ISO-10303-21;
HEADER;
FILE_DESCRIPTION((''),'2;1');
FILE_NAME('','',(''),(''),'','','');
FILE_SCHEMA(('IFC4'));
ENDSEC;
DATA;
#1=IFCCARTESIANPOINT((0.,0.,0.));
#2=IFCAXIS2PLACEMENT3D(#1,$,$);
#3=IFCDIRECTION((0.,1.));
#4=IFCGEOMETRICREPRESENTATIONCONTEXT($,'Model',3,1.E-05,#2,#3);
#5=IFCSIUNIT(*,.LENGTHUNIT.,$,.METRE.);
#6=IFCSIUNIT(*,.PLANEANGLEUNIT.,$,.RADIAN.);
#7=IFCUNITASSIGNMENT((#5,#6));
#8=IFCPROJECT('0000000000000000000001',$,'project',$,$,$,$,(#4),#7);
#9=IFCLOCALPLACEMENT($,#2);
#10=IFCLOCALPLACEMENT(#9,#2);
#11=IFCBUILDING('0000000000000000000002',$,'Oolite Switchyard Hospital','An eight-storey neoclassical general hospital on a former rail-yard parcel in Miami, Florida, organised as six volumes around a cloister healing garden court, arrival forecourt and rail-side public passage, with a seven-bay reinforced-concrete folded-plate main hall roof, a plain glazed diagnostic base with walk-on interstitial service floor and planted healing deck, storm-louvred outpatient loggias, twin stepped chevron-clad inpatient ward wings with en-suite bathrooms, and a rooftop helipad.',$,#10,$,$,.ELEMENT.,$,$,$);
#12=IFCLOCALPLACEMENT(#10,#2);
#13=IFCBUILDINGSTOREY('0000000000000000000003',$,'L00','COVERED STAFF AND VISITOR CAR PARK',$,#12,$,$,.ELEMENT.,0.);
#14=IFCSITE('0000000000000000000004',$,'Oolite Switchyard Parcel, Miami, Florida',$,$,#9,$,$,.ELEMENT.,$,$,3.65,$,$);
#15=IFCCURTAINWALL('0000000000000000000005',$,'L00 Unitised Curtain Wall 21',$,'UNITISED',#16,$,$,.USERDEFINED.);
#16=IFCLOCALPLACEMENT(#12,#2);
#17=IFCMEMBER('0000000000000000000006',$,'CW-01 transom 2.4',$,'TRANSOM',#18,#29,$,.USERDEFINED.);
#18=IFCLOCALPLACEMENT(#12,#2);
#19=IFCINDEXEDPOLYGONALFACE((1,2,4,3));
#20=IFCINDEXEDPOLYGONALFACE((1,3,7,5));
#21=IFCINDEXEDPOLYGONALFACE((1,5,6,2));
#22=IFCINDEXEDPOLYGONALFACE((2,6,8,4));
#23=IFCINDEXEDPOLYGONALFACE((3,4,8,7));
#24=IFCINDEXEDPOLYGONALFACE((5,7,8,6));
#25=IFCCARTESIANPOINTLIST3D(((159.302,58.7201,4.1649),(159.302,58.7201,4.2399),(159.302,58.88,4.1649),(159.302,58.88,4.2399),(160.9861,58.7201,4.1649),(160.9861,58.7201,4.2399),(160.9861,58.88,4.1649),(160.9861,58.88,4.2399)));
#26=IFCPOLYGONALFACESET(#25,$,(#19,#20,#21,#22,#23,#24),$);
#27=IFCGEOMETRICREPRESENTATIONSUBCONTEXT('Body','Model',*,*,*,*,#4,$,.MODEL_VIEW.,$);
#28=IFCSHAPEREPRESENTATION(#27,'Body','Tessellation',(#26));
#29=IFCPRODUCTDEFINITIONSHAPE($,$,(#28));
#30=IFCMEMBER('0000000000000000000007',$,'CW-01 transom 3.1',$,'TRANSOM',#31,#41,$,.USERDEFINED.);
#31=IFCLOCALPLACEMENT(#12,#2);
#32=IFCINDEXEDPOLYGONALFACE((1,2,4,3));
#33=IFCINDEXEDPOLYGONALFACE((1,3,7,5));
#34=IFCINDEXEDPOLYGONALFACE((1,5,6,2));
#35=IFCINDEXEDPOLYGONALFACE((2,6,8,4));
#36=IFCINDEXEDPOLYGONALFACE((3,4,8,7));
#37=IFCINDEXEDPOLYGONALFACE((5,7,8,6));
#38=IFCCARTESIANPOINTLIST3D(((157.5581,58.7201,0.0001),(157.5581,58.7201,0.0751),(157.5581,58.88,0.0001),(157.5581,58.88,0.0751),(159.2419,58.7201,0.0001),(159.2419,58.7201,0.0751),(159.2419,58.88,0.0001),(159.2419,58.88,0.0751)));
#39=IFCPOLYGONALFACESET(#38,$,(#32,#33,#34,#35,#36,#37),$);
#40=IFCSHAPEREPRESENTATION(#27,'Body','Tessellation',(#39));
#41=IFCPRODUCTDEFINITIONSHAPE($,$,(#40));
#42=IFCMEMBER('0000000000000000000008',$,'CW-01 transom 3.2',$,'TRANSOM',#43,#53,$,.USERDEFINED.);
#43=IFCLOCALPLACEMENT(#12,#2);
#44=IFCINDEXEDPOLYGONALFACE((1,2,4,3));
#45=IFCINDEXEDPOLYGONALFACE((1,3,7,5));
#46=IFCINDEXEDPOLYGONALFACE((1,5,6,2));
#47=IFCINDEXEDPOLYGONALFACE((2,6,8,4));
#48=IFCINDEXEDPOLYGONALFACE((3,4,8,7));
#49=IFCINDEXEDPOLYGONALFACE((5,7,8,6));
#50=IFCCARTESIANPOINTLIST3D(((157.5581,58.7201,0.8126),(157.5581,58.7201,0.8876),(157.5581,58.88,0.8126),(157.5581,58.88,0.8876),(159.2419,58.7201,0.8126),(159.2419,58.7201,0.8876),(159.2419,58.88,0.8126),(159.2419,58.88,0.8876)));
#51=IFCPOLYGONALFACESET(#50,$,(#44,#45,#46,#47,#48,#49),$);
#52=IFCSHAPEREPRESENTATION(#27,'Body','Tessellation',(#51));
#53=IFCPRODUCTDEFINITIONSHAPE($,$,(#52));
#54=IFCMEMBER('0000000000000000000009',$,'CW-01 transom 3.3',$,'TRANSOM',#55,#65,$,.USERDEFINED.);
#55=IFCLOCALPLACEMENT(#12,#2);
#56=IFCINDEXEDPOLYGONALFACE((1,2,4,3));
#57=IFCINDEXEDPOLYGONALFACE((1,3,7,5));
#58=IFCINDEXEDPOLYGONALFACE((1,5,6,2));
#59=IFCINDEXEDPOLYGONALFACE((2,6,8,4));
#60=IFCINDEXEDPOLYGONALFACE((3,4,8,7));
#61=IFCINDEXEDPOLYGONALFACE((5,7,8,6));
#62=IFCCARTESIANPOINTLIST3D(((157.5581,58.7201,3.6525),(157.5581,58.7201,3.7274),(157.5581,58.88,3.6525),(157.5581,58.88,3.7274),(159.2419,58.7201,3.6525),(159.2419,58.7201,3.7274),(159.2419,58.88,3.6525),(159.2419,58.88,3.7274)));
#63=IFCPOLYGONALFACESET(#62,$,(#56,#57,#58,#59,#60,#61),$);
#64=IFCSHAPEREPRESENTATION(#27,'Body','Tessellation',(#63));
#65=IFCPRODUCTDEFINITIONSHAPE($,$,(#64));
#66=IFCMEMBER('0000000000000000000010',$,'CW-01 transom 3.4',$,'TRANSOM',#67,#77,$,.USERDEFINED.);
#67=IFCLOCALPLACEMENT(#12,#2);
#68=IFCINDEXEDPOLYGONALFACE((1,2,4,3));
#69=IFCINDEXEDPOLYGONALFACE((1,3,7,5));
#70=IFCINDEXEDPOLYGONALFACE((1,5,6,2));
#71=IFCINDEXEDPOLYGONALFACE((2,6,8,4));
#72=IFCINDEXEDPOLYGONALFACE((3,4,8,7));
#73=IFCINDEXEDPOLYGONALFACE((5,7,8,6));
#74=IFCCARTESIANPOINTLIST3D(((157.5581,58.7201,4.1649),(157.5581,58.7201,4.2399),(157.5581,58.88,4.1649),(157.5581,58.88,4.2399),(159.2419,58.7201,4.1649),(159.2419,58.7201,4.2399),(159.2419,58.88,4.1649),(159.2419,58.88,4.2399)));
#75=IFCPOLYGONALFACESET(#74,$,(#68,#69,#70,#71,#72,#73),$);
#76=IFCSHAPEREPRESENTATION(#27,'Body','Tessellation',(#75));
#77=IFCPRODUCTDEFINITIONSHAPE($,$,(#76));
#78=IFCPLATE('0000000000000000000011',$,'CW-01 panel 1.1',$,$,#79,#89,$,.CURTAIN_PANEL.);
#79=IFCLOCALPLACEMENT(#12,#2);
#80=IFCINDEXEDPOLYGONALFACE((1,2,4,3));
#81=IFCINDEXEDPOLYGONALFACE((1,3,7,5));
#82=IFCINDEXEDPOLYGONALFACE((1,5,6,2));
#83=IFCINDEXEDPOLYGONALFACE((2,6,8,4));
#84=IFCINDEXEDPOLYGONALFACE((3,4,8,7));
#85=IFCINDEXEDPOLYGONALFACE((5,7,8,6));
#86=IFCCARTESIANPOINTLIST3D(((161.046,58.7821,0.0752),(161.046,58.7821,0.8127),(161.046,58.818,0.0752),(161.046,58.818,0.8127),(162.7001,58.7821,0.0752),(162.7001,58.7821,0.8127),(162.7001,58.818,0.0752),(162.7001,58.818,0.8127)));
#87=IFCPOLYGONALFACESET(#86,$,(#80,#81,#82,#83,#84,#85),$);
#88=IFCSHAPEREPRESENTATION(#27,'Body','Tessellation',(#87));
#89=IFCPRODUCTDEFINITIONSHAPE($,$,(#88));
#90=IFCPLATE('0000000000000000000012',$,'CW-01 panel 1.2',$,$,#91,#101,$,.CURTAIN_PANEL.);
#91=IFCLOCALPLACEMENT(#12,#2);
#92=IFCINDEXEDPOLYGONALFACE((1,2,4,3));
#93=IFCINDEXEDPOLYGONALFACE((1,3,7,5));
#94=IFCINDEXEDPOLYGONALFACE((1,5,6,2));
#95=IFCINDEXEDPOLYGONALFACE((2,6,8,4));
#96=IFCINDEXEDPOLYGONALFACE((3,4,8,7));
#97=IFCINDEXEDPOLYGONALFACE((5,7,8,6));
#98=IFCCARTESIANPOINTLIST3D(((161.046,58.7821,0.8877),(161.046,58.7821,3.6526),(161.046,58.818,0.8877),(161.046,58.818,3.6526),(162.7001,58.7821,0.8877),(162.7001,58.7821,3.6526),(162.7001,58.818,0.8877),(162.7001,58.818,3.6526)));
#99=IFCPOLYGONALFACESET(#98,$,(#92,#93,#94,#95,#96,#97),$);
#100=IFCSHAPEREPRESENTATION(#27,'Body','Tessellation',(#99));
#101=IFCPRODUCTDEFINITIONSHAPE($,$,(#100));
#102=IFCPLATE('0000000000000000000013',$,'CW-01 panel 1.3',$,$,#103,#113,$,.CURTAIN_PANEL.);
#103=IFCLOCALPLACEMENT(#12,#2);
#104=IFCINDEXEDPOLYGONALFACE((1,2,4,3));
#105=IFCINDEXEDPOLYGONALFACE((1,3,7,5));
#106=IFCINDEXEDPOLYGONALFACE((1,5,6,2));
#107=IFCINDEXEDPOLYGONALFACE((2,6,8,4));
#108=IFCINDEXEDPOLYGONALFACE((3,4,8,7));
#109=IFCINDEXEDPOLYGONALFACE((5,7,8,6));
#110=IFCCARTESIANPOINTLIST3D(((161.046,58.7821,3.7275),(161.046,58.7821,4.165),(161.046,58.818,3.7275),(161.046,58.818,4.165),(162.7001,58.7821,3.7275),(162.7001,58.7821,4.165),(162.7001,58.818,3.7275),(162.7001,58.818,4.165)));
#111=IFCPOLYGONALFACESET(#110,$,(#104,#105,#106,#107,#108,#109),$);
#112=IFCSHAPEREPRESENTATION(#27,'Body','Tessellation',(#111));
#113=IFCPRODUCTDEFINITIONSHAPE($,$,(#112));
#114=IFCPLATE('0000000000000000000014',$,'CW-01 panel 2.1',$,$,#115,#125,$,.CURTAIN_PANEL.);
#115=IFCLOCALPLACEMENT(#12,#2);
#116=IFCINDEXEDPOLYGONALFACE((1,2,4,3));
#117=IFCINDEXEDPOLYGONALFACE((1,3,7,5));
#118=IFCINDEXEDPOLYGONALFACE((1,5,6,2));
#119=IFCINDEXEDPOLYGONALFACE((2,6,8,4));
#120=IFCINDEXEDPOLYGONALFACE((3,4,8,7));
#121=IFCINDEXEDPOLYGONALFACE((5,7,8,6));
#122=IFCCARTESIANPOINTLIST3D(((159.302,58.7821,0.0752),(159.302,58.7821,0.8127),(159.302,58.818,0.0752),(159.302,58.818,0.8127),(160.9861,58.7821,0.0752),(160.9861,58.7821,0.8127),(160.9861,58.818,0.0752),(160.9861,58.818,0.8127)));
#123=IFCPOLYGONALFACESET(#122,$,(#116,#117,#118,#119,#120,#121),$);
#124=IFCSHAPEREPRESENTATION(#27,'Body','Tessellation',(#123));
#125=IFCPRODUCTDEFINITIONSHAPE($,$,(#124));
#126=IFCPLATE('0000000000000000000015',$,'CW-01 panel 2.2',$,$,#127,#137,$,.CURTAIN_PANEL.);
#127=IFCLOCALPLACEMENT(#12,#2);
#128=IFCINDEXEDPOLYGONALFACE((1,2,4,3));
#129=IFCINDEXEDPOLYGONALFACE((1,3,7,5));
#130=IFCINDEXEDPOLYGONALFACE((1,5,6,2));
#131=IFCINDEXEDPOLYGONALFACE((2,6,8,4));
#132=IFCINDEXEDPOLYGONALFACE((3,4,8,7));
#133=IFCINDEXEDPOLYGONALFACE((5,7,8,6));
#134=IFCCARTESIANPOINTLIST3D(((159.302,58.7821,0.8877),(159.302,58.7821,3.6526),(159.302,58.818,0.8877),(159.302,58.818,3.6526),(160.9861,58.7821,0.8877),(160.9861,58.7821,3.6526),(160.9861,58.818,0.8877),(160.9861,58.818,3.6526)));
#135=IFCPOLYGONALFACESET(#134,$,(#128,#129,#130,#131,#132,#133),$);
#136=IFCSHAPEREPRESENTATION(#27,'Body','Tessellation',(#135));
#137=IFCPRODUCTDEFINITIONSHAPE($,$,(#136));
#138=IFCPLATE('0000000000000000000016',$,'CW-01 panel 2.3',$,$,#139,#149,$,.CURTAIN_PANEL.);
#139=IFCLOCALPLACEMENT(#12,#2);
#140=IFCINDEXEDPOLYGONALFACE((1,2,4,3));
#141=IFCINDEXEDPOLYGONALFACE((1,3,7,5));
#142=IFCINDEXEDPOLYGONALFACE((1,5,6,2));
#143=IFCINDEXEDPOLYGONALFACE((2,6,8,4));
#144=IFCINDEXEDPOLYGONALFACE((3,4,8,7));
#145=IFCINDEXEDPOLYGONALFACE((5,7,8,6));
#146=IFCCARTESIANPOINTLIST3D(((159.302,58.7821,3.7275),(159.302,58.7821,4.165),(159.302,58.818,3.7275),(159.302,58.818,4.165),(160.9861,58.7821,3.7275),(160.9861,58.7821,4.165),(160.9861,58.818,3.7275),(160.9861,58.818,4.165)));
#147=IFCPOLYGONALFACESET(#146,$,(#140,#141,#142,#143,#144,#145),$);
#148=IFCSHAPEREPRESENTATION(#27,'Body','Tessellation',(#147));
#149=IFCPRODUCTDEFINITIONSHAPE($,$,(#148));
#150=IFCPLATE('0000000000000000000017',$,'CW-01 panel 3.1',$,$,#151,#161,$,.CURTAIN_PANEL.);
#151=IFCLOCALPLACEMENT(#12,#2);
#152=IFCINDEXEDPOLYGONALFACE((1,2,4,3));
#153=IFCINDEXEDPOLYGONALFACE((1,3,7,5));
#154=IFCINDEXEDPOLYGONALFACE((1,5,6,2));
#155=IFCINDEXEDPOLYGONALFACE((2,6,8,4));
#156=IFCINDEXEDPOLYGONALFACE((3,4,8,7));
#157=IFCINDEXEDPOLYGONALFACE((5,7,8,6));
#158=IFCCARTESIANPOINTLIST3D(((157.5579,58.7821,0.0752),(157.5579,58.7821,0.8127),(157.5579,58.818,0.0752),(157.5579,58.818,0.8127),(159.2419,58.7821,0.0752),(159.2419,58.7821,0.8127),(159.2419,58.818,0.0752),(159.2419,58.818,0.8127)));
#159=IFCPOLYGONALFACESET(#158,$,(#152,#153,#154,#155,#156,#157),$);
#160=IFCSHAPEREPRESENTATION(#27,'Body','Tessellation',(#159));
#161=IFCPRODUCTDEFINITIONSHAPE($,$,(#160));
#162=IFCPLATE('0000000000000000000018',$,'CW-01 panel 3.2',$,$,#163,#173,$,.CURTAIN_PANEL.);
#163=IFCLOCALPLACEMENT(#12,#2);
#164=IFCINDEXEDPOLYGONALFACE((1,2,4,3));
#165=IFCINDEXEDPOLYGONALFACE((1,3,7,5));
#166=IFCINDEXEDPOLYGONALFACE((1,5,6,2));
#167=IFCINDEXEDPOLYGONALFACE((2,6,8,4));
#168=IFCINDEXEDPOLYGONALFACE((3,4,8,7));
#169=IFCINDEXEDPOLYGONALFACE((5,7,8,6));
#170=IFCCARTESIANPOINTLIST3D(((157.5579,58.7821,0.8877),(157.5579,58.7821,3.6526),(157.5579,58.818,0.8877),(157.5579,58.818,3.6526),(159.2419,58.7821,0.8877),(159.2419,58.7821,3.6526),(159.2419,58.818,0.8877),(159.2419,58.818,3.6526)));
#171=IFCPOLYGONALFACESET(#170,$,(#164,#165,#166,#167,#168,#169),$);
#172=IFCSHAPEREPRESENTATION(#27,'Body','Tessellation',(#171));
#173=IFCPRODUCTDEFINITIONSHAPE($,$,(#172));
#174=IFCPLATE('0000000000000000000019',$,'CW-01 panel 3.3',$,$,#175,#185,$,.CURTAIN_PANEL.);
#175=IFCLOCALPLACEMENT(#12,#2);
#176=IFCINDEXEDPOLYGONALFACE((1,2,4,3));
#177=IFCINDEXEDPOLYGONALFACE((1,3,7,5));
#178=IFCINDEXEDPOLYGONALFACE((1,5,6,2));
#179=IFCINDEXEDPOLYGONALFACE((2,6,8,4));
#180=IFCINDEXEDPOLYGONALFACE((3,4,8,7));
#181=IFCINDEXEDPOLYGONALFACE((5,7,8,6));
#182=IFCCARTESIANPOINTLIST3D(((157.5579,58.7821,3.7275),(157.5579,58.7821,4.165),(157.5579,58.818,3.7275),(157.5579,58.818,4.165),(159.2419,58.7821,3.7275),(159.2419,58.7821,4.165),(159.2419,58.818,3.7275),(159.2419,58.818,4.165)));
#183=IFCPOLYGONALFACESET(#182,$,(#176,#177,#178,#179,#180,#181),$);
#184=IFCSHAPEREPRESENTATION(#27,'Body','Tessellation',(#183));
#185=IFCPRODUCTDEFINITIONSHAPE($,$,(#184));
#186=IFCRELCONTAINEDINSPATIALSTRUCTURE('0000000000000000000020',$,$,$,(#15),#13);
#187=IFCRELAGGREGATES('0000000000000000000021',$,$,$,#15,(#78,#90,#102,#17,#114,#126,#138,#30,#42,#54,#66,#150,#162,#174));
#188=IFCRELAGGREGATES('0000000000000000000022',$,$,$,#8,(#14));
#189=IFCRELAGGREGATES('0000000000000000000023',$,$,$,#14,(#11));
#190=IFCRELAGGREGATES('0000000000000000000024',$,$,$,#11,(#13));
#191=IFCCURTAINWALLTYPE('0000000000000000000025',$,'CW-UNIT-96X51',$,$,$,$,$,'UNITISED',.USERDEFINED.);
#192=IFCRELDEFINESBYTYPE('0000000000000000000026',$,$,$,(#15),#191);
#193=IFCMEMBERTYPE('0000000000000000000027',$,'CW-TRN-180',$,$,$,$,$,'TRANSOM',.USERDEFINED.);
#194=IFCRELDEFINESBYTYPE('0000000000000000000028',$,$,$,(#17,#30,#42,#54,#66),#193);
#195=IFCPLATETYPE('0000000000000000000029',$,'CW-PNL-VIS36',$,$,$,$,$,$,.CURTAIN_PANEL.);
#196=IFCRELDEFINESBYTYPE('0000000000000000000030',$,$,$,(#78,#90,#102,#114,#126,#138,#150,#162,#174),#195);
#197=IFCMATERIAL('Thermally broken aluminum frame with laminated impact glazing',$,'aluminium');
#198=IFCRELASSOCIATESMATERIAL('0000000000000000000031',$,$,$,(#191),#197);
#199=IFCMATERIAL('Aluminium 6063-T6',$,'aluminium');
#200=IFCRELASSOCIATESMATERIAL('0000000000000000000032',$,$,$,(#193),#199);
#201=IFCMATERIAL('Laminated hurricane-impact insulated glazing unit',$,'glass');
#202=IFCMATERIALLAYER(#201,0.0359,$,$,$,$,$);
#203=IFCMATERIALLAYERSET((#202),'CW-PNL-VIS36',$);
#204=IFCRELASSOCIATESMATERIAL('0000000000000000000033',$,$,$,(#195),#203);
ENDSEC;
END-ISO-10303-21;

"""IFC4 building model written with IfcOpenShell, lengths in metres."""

from ifc_helpers import new_model, si_unit, direction, frame, origin, origin_2d, place, context, subcontext, project, spatial, rectangle, extrude, material, layer, layer_set, material_profile, profile_set, type_object, element, aggregate, save


model = new_model("IFC4")

# Units and contexts
model_context = context("Model", 3, precision=1e-05, world=origin(), true_north=direction((0.0, 1.0)))
body_context = subcontext(model_context, "Body", "Model", "MODEL_VIEW")
ifc_project = project(units=[si_unit("LENGTHUNIT", "METRE"), si_unit("PLANEANGLEUNIT", "RADIAN")], contexts=[model_context])

# Site, building, storey
site_placement = place(None, origin())
site = spatial("IfcSite", under=ifc_project, at=site_placement, Name="Oolite Switchyard Parcel, Miami, Florida", CompositionType="ELEMENT", RefElevation=3.65)
building_placement = place(site_placement, origin())
building = spatial("IfcBuilding", under=site, at=building_placement, Name="Oolite Switchyard Hospital", Description="An eight-storey neoclassical general hospital on a former rail-yard parcel in Miami, Florida, organised as six volumes around a cloister healing garden court, arrival forecourt and rail-side public passage, with a seven-bay reinforced-concrete folded-plate main hall roof, a plain glazed diagnostic base with walk-on interstitial service floor and planted healing deck, storm-louvred outpatient loggias, twin stepped chevron-clad inpatient ward wings with en-suite bathrooms, and a rooftop helipad.", CompositionType="ELEMENT")
storey_placement = place(building_placement, origin())
storey = spatial("IfcBuildingStorey", under=building, at=storey_placement, Name="L00", Description="COVERED STAFF AND VISITOR CAR PARK", CompositionType="ELEMENT", Elevation=0.0)

# Curtain wall, members, plates
ifc_material_1 = material(Name="Thermally broken aluminum frame with laminated impact glazing", Category="aluminium")
curtain_wall_type = type_object("IfcCurtainWallType", Name="CW-UNIT-96X51", ElementType="UNITISED", PredefinedType="USERDEFINED", material=ifc_material_1)
curtain_wall_placement = place(storey_placement, origin())
curtain_wall = element("IfcCurtainWall", 1, at=curtain_wall_placement, inside=storey, type_object=curtain_wall_type, Name="L00 Unitised Curtain Wall 21", ObjectType="UNITISED", PredefinedType="USERDEFINED")
ifc_material_2 = material(Name="Aluminium 6063-T6", Category="aluminium")
ifc_material_profile_1 = material_profile(ifc_material_2, rectangle(XDim=0.1599, YDim=0.075, at=origin_2d()), Name="CWT75X160")
ifc_profile_set_1 = profile_set([ifc_material_profile_1], Name="Aluminium 6063-T6")
member_type_1 = type_object("IfcMemberType", Name="CW-TRN-180", ElementType="TRANSOM", PredefinedType="USERDEFINED", material=ifc_profile_set_1)
member_1_placement = place(storey_placement, frame((160.9861, 58.8, 4.2024), z_axis=(-1.0, 0.0, 0.0), x_axis=(0.0, -1.0, 0.0)))
member_1 = element("IfcMember", 2, at=member_1_placement, type_object=member_type_1, Name="CW-01 transom 2.4", ObjectType="TRANSOM", PredefinedType="USERDEFINED", context=body_context, shape_type="SweptSolid", body=[
    extrude(rectangle(XDim=0.1599, YDim=0.075, at=origin_2d()), origin(), (0.0, 0.0, 1.0), 1.6841),
])
member_2_placement = place(storey_placement, frame((159.2419, 58.8, 0.0376), z_axis=(-1.0, 0.0, 0.0), x_axis=(0.0, -1.0, 0.0)))
member_2 = element("IfcMember", 3, at=member_2_placement, type_object=member_type_1, Name="CW-01 transom 3.1", ObjectType="TRANSOM", PredefinedType="USERDEFINED", context=body_context, shape_type="SweptSolid", body=[
    extrude(rectangle(XDim=0.1599, YDim=0.075, at=origin_2d()), origin(), (0.0, 0.0, 1.0), 1.6838),
])
member_3_placement = place(storey_placement, frame((159.2419, 58.8, 0.8501), z_axis=(-1.0, 0.0, 0.0), x_axis=(0.0, -1.0, 0.0)))
member_3 = element("IfcMember", 4, at=member_3_placement, type_object=member_type_1, Name="CW-01 transom 3.2", ObjectType="TRANSOM", PredefinedType="USERDEFINED", context=body_context, shape_type="SweptSolid", body=[
    extrude(rectangle(XDim=0.1599, YDim=0.075, at=origin_2d()), origin(), (0.0, 0.0, 1.0), 1.6838),
])
member_4_placement = place(storey_placement, frame((159.2419, 58.8, 3.6899), z_axis=(-1.0, 0.0, 0.0), x_axis=(0.0, -1.0, 0.0)))
member_4 = element("IfcMember", 5, at=member_4_placement, type_object=member_type_1, Name="CW-01 transom 3.3", ObjectType="TRANSOM", PredefinedType="USERDEFINED", context=body_context, shape_type="SweptSolid", body=[
    extrude(rectangle(XDim=0.1599, YDim=0.075, at=origin_2d()), origin(), (0.0, 0.0, 1.0), 1.6838),
])
member_5_placement = place(storey_placement, frame((159.2419, 58.8, 4.2024), z_axis=(-1.0, 0.0, 0.0), x_axis=(0.0, -1.0, 0.0)))
member_5 = element("IfcMember", 6, at=member_5_placement, type_object=member_type_1, Name="CW-01 transom 3.4", ObjectType="TRANSOM", PredefinedType="USERDEFINED", context=body_context, shape_type="SweptSolid", body=[
    extrude(rectangle(XDim=0.1599, YDim=0.075, at=origin_2d()), origin(), (0.0, 0.0, 1.0), 1.6838),
])
ifc_material_3 = material(Name="Laminated hurricane-impact insulated glazing unit", Category="glass")
ifc_layer = layer(ifc_material_3, 0.0359)
ifc_layer_set = layer_set([ifc_layer], Name="CW-PNL-VIS36")
plate_type = type_object("IfcPlateType", Name="CW-PNL-VIS36", PredefinedType="CURTAIN_PANEL", material=ifc_layer_set)
plate_1_placement = place(storey_placement, frame((161.873, 58.8, 0.0752), z_axis=(0.0, 0.0, 1.0), x_axis=(-1.0, 0.0, 0.0)))
plate_1 = element("IfcPlate", 7, at=plate_1_placement, type_object=plate_type, Name="CW-01 panel 1.1", PredefinedType="CURTAIN_PANEL", context=body_context, shape_type="SweptSolid", body=[
    extrude(rectangle(XDim=1.6541, YDim=0.0359, at=origin_2d()), origin(), (0.0, 0.0, 1.0), 0.7375),
])
plate_2_placement = place(storey_placement, frame((161.873, 58.8, 0.8877), z_axis=(0.0, 0.0, 1.0), x_axis=(-1.0, 0.0, 0.0)))
plate_2 = element("IfcPlate", 8, at=plate_2_placement, type_object=plate_type, Name="CW-01 panel 1.2", PredefinedType="CURTAIN_PANEL", context=body_context, shape_type="SweptSolid", body=[
    extrude(rectangle(XDim=1.6541, YDim=0.0359, at=origin_2d()), origin(), (0.0, 0.0, 1.0), 2.7649),
])
plate_3_placement = place(storey_placement, frame((161.873, 58.8, 3.7275), z_axis=(0.0, 0.0, 1.0), x_axis=(-1.0, 0.0, 0.0)))
plate_3 = element("IfcPlate", 9, at=plate_3_placement, type_object=plate_type, Name="CW-01 panel 1.3", PredefinedType="CURTAIN_PANEL", context=body_context, shape_type="SweptSolid", body=[
    extrude(rectangle(XDim=1.6541, YDim=0.0359, at=origin_2d()), origin(), (0.0, 0.0, 1.0), 0.4375),
])
plate_4_placement = place(storey_placement, frame((160.144, 58.8, 0.0752), z_axis=(0.0, 0.0, 1.0), x_axis=(-1.0, 0.0, 0.0)))
plate_4 = element("IfcPlate", 10, at=plate_4_placement, type_object=plate_type, Name="CW-01 panel 2.1", PredefinedType="CURTAIN_PANEL", context=body_context, shape_type="SweptSolid", body=[
    extrude(rectangle(XDim=1.6841, YDim=0.0359, at=origin_2d()), origin(), (0.0, 0.0, 1.0), 0.7375),
])
plate_5_placement = place(storey_placement, frame((160.144, 58.8, 0.8877), z_axis=(0.0, 0.0, 1.0), x_axis=(-1.0, 0.0, 0.0)))
plate_5 = element("IfcPlate", 11, at=plate_5_placement, type_object=plate_type, Name="CW-01 panel 2.2", PredefinedType="CURTAIN_PANEL", context=body_context, shape_type="SweptSolid", body=[
    extrude(rectangle(XDim=1.6841, YDim=0.0359, at=origin_2d()), origin(), (0.0, 0.0, 1.0), 2.7649),
])
plate_6_placement = place(storey_placement, frame((160.144, 58.8, 3.7275), z_axis=(0.0, 0.0, 1.0), x_axis=(-1.0, 0.0, 0.0)))
plate_6 = element("IfcPlate", 12, at=plate_6_placement, type_object=plate_type, Name="CW-01 panel 2.3", PredefinedType="CURTAIN_PANEL", context=body_context, shape_type="SweptSolid", body=[
    extrude(rectangle(XDim=1.6841, YDim=0.0359, at=origin_2d()), origin(), (0.0, 0.0, 1.0), 0.4375),
])
plate_7_placement = place(storey_placement, frame((158.3999, 58.8, 0.0752), z_axis=(0.0, 0.0, 1.0), x_axis=(-1.0, 0.0, 0.0)))
plate_7 = element("IfcPlate", 13, at=plate_7_placement, type_object=plate_type, Name="CW-01 panel 3.1", PredefinedType="CURTAIN_PANEL", context=body_context, shape_type="SweptSolid", body=[
    extrude(rectangle(XDim=1.6841, YDim=0.0359, at=origin_2d()), origin(), (0.0, 0.0, 1.0), 0.7375),
])
plate_8_placement = place(storey_placement, frame((158.3999, 58.8, 0.8877), z_axis=(0.0, 0.0, 1.0), x_axis=(-1.0, 0.0, 0.0)))
plate_8 = element("IfcPlate", 14, at=plate_8_placement, type_object=plate_type, Name="CW-01 panel 3.2", PredefinedType="CURTAIN_PANEL", context=body_context, shape_type="SweptSolid", body=[
    extrude(rectangle(XDim=1.6841, YDim=0.0359, at=origin_2d()), origin(), (0.0, 0.0, 1.0), 2.7649),
])
plate_9_placement = place(storey_placement, frame((158.3999, 58.8, 3.7275), z_axis=(0.0, 0.0, 1.0), x_axis=(-1.0, 0.0, 0.0)))
plate_9 = element("IfcPlate", 15, at=plate_9_placement, type_object=plate_type, Name="CW-01 panel 3.3", PredefinedType="CURTAIN_PANEL", context=body_context, shape_type="SweptSolid", body=[
    extrude(rectangle(XDim=1.6841, YDim=0.0359, at=origin_2d()), origin(), (0.0, 0.0, 1.0), 0.4375),
])
aggregate(curtain_wall, [plate_1, plate_2, plate_3, member_1, plate_4, plate_5, plate_6, member_2, member_3, member_4, member_5, plate_7, plate_8, plate_9])

save(model, "model.ifc")
